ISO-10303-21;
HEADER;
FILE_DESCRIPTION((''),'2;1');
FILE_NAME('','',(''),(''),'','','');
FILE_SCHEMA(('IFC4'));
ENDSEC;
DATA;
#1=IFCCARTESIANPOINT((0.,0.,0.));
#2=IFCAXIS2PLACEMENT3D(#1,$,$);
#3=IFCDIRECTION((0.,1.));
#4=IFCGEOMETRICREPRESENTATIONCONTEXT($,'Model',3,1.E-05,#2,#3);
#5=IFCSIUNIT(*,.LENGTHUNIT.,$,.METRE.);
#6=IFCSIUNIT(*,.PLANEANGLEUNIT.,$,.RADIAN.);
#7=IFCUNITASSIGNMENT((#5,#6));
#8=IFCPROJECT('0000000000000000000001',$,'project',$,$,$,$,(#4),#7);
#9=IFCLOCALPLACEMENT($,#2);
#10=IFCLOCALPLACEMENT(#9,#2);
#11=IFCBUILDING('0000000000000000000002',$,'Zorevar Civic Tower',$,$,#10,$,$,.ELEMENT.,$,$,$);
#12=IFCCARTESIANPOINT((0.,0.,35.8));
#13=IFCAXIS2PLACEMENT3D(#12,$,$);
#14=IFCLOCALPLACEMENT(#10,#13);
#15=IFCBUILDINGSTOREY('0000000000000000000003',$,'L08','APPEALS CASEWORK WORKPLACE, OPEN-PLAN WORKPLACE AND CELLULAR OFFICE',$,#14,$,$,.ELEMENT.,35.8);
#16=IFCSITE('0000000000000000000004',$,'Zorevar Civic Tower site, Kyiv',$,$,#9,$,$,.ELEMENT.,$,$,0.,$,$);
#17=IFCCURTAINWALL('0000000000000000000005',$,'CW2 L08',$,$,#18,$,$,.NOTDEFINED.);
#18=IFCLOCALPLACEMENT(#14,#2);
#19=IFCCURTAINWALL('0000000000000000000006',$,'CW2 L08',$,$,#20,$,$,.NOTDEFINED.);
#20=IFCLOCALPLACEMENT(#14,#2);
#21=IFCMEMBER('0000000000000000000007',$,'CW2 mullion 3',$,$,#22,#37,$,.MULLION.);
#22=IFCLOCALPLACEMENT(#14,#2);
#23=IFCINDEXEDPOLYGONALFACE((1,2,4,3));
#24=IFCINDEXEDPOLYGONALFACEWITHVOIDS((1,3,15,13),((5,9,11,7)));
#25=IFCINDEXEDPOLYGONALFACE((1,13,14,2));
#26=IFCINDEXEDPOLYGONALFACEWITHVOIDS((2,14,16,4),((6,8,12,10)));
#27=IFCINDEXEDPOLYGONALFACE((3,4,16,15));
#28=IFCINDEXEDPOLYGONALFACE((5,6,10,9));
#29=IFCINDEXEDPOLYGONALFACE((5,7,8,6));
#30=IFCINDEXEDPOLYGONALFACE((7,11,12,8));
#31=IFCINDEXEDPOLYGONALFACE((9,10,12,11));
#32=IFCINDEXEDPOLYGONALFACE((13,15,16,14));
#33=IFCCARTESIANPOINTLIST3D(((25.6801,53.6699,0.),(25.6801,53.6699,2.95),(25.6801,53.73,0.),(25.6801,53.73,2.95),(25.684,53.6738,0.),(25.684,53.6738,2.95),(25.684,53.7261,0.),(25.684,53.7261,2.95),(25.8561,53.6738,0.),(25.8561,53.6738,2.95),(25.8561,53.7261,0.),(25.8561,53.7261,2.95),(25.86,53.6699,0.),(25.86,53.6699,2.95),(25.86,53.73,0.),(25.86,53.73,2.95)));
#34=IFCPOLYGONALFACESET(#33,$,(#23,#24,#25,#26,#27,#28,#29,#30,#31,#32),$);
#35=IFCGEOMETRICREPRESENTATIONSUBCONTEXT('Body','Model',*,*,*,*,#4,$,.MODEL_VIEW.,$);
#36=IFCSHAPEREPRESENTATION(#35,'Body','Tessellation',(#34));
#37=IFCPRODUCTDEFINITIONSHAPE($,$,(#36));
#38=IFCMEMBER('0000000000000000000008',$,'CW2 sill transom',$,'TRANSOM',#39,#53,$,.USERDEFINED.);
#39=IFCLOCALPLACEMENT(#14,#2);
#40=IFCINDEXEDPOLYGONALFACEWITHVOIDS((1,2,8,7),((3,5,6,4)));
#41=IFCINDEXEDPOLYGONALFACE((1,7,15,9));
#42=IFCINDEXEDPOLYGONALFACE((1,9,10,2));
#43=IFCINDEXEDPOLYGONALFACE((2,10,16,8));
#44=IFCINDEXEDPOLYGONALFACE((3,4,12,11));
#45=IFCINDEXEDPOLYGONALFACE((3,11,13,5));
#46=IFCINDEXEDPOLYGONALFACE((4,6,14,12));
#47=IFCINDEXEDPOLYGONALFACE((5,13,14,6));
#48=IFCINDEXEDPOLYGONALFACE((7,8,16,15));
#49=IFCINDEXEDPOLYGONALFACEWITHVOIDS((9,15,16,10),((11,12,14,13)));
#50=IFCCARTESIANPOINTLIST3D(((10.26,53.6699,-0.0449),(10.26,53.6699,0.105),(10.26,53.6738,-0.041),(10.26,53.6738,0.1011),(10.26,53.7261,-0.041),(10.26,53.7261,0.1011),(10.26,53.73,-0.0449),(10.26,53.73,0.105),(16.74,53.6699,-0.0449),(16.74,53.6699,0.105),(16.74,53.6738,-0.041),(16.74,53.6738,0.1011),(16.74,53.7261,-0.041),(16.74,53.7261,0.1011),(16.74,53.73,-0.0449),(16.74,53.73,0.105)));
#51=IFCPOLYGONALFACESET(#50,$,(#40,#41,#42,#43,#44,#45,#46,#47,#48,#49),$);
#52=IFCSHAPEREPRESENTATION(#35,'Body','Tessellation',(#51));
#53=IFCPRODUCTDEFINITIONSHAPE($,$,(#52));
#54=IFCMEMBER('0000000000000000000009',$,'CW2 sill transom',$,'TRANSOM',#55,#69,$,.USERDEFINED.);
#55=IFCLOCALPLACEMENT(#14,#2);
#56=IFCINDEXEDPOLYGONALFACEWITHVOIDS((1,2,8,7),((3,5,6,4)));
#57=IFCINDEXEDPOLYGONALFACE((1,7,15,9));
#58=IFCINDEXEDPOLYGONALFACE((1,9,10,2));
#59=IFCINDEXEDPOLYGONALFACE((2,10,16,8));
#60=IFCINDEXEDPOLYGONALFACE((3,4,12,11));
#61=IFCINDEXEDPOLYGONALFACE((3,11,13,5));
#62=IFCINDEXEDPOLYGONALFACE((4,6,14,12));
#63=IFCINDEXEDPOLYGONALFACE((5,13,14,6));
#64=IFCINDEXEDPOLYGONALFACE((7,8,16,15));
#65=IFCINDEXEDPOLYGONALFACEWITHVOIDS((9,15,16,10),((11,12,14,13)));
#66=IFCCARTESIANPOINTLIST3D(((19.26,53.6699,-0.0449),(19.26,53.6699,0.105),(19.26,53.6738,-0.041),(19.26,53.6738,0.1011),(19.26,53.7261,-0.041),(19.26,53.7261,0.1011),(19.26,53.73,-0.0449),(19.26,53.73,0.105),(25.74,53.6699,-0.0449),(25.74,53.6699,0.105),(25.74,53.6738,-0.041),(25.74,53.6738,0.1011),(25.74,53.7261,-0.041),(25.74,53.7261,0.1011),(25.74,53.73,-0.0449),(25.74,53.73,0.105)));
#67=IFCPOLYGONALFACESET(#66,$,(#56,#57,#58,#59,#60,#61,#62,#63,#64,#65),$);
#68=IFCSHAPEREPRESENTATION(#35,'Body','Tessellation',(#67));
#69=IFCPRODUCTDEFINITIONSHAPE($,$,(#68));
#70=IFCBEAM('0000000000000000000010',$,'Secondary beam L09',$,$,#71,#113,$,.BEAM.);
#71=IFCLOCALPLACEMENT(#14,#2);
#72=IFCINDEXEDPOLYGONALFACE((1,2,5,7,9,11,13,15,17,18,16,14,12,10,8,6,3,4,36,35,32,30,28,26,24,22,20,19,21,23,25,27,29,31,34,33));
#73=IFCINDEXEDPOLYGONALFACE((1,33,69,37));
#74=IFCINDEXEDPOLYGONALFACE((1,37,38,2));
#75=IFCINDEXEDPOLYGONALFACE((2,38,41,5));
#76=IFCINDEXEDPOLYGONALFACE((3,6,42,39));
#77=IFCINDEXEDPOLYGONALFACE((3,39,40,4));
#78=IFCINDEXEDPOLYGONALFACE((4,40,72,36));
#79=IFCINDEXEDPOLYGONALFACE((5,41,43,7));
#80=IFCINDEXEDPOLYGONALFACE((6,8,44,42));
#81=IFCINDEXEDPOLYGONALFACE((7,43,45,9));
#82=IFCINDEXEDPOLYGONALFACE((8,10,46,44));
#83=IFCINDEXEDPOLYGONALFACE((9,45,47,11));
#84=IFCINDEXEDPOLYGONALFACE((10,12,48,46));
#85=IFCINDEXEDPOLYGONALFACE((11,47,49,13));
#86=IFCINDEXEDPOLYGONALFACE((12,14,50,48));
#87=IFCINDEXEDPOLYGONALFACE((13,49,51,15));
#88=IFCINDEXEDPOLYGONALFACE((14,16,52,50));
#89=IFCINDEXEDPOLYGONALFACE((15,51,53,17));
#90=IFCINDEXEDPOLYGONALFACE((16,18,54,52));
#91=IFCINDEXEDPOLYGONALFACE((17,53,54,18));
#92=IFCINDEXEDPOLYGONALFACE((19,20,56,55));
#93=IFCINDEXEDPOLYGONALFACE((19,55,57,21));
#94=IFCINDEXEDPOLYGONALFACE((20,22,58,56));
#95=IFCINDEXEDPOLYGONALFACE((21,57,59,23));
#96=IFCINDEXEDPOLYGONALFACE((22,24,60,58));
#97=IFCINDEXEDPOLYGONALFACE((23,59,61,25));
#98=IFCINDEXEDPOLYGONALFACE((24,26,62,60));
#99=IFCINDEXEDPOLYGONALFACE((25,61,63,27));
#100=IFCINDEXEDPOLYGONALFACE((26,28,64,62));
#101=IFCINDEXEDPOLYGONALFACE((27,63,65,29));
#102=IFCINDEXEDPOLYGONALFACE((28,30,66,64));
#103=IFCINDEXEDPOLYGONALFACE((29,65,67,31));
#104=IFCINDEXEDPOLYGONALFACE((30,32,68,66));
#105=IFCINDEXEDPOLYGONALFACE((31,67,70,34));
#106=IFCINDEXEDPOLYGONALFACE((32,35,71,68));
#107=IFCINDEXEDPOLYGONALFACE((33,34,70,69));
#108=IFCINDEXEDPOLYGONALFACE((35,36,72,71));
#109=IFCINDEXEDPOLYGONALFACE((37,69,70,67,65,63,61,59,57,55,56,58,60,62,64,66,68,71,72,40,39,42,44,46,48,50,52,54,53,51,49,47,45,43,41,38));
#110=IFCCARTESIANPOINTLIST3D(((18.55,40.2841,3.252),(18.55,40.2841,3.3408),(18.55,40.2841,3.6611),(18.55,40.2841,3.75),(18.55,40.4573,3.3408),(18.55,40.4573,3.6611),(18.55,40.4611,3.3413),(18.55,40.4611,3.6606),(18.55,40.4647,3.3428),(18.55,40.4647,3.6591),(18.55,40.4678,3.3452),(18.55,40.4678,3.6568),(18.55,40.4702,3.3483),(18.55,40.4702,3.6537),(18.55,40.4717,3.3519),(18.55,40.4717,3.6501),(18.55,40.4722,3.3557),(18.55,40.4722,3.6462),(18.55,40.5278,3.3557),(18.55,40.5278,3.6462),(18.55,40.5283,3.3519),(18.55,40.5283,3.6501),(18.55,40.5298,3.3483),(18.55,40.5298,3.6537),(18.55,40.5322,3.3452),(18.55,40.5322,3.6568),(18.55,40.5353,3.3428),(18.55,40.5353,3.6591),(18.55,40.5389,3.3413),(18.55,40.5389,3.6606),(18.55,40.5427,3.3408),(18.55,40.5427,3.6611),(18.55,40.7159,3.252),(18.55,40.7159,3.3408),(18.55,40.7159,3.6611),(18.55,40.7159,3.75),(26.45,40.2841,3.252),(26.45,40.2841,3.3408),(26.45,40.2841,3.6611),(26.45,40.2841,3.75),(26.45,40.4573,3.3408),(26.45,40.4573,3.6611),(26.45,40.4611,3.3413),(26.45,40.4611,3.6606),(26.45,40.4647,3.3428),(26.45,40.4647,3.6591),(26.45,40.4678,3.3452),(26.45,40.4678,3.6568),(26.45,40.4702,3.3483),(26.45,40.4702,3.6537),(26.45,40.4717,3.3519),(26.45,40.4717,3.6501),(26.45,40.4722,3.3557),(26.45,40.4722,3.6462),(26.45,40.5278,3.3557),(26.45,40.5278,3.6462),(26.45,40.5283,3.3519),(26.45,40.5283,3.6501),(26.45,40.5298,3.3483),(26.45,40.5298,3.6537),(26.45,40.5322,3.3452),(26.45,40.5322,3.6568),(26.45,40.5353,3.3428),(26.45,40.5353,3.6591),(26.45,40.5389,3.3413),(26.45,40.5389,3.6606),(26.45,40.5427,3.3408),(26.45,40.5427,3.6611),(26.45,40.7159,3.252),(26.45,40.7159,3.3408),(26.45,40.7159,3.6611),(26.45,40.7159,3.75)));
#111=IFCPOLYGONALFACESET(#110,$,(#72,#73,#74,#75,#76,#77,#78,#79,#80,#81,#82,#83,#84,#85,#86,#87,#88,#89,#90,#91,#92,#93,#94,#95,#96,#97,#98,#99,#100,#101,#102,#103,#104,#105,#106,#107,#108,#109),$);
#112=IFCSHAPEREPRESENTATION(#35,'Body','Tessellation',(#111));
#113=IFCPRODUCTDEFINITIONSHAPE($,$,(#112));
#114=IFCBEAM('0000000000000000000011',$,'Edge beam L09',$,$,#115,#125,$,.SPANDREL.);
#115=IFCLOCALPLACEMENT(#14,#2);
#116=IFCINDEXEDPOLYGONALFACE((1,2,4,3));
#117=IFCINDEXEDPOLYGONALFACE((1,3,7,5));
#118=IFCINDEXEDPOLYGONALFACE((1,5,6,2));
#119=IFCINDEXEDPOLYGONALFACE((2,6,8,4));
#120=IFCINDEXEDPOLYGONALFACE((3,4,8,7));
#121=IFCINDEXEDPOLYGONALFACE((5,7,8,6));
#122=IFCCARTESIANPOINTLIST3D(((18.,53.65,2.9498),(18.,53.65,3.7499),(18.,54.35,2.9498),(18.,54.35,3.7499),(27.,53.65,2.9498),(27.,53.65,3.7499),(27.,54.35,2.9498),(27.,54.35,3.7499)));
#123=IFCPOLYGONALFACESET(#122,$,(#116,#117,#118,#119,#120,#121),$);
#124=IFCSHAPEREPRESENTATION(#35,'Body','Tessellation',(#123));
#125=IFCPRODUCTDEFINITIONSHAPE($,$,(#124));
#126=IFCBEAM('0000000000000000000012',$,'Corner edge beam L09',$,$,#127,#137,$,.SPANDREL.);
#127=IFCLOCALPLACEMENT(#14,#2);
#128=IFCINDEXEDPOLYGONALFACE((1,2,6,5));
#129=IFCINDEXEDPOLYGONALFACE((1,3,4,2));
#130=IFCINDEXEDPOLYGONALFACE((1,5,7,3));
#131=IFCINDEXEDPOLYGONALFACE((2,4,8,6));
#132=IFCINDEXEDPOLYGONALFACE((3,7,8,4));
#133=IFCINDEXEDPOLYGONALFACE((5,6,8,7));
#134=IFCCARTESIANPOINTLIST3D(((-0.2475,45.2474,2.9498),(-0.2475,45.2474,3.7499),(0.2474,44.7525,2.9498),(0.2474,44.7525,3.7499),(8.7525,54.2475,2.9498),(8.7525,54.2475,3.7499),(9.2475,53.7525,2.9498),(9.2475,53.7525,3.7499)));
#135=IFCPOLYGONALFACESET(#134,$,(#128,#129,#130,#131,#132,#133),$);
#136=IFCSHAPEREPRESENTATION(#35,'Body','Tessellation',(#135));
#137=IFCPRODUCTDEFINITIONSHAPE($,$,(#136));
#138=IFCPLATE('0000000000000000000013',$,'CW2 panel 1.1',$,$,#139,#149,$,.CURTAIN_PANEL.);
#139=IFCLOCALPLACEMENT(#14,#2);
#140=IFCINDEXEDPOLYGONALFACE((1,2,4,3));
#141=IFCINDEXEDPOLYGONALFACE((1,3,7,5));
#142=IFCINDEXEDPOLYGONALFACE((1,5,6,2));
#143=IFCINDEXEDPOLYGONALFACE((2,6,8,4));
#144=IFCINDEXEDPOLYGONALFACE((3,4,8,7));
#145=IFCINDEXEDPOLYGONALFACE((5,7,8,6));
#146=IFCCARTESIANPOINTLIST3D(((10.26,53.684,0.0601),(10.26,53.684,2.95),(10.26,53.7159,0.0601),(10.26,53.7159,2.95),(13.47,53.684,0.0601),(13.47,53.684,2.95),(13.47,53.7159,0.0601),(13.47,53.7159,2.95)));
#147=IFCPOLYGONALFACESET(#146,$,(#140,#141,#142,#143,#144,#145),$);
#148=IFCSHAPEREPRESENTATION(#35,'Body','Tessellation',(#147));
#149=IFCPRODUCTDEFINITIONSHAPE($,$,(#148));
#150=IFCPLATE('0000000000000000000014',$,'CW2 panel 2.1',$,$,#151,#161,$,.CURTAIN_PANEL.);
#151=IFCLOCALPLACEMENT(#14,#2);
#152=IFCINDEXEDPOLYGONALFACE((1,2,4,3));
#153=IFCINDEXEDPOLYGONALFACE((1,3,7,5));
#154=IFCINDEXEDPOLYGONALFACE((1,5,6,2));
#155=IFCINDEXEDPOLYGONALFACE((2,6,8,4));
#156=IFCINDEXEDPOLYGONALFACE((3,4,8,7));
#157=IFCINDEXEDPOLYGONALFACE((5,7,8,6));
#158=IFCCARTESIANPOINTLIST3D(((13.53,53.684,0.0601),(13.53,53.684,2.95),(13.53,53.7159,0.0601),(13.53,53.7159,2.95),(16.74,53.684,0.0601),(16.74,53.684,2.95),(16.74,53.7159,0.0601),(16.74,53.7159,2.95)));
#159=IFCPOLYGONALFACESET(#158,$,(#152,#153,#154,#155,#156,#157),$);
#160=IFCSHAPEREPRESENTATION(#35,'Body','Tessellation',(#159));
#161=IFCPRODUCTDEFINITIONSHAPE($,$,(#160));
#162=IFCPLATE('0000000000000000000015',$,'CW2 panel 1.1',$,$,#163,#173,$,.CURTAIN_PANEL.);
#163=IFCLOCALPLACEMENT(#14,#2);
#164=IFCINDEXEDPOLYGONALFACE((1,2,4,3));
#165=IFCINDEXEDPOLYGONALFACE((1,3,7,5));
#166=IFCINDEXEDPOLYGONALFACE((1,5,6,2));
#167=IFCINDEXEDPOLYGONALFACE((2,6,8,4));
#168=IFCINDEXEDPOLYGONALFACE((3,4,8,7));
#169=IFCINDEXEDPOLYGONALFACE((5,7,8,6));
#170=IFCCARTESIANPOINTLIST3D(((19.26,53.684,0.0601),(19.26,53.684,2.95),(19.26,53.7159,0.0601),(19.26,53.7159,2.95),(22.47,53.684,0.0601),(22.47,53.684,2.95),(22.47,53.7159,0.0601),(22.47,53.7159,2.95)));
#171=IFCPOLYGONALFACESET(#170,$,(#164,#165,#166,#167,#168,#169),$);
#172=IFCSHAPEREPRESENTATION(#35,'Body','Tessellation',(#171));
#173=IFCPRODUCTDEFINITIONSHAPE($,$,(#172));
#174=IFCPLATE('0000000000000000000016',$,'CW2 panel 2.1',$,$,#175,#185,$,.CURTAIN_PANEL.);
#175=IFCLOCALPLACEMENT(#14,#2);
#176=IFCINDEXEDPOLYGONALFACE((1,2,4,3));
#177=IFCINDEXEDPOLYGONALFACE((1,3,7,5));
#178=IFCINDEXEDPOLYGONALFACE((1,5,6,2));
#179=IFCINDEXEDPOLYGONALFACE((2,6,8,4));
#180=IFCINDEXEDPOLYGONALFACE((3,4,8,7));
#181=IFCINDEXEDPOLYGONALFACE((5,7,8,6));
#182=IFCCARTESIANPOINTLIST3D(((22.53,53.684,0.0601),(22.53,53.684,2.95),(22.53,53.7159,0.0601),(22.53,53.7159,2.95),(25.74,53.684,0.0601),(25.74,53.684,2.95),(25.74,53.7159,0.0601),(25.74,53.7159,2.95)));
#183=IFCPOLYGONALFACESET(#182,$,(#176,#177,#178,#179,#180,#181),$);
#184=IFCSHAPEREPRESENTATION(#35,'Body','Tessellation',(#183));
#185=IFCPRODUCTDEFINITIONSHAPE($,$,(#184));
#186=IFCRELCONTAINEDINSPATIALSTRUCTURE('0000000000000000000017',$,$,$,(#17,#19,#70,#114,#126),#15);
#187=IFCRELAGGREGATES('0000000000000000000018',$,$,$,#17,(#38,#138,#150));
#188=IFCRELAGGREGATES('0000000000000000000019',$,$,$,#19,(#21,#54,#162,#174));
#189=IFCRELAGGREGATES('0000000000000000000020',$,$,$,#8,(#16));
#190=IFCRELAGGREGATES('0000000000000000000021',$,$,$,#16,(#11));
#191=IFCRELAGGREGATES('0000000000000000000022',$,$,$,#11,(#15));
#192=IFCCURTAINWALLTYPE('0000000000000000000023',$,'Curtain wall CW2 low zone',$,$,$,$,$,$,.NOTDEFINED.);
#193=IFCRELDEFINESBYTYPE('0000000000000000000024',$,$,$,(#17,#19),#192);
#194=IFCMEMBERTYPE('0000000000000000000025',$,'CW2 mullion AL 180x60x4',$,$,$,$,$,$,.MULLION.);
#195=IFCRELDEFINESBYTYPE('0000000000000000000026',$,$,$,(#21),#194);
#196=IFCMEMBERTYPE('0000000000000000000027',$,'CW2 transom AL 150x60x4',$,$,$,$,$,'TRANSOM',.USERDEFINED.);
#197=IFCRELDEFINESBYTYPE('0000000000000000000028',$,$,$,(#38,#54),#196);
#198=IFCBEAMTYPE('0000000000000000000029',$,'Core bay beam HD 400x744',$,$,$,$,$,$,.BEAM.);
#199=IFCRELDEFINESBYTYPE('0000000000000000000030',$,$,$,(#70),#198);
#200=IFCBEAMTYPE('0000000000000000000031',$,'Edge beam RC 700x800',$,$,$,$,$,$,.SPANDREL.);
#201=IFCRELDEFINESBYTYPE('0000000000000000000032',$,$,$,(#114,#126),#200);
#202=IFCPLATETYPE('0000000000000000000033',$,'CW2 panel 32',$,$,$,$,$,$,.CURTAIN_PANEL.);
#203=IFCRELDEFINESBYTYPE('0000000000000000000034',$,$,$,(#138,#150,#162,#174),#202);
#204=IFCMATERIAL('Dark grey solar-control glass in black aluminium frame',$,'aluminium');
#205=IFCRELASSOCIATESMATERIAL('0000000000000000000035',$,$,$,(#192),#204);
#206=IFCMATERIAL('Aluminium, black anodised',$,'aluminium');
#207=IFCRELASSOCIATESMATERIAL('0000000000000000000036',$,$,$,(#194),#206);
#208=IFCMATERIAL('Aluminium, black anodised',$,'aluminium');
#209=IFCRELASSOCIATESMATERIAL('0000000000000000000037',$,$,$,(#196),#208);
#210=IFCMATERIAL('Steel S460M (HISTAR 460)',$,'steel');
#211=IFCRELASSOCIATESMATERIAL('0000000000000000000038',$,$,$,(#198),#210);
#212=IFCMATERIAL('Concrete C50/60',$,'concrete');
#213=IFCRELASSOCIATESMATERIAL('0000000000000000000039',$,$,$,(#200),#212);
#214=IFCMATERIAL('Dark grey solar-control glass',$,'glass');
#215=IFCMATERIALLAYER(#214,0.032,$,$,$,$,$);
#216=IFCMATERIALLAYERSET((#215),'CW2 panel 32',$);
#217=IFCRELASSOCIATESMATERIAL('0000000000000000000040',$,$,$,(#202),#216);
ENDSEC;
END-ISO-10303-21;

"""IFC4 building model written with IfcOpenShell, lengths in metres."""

from ifc_helpers import new_model, si_unit, direction, frame, origin, origin_2d, place, context, subcontext, project, spatial, rectangle, hollow_rectangle, i_section, extrude, material, layer, layer_set, material_profile, profile_set, type_object, element, aggregate, save


model = new_model("IFC4")

# Units and contexts
model_context = context("Model", 3, precision=1e-05, world=origin(), true_north=direction((0.0, 1.0)))
body_context = subcontext(model_context, "Body", "Model", "MODEL_VIEW")
ifc_project = project(units=[si_unit("LENGTHUNIT", "METRE"), si_unit("PLANEANGLEUNIT", "RADIAN")], contexts=[model_context])

# Site, building, storey
site_placement = place(None, origin())
site = spatial("IfcSite", under=ifc_project, at=site_placement, Name="Zorevar Civic Tower site, Kyiv", CompositionType="ELEMENT", RefElevation=0.0)
building_placement = place(site_placement, origin())
building = spatial("IfcBuilding", under=site, at=building_placement, Name="Zorevar Civic Tower", CompositionType="ELEMENT")
storey_placement = place(building_placement, frame((0.0, 0.0, 35.8)))
storey = spatial("IfcBuildingStorey", under=building, at=storey_placement, Name="L08", Description="APPEALS CASEWORK WORKPLACE, OPEN-PLAN WORKPLACE AND CELLULAR OFFICE", CompositionType="ELEMENT", Elevation=35.8)

# Curtain walls, member
ifc_material_1 = material(Name="Dark grey solar-control glass in black aluminium frame", Category="aluminium")
curtain_wall_type = type_object("IfcCurtainWallType", Name="Curtain wall CW2 low zone", PredefinedType="NOTDEFINED", material=ifc_material_1)
curtain_wall_1_placement = place(storey_placement, origin())
curtain_wall_1 = element("IfcCurtainWall", 1, at=curtain_wall_1_placement, inside=storey, type_object=curtain_wall_type, Name="CW2 L08", PredefinedType="NOTDEFINED")
ifc_material_2 = material(Name="Aluminium, black anodised", Category="aluminium")
ifc_material_profile_1 = material_profile(ifc_material_2, hollow_rectangle(XDim=0.0601, YDim=0.1799, WallThickness=0.0039, at=origin_2d()), Name="AL 180x60x4")
ifc_profile_set_1 = profile_set([ifc_material_profile_1], Name="Aluminium, black anodised")
member_type_1 = type_object("IfcMemberType", Name="CW2 mullion AL 180x60x4", PredefinedType="MULLION", material=ifc_profile_set_1)
curtain_wall_2_placement = place(storey_placement, origin())
curtain_wall_2 = element("IfcCurtainWall", 2, at=curtain_wall_2_placement, inside=storey, type_object=curtain_wall_type, Name="CW2 L08", PredefinedType="NOTDEFINED")
member_1_placement = place(storey_placement, frame((25.77, 53.7, 0.0), z_axis=(0.0, 0.0, 1.0), x_axis=(0.0, 1.0, 0.0)))
member_1 = element("IfcMember", 3, at=member_1_placement, type_object=member_type_1, Name="CW2 mullion 3", PredefinedType="MULLION", context=body_context, shape_type="SweptSolid", body=[
    extrude(hollow_rectangle(XDim=0.0601, YDim=0.1799, WallThickness=0.0039, at=origin_2d()), origin(), (0.0, 0.0, 1.0), 2.95),
])

# Members
ifc_material_3 = material(Name="Aluminium, black anodised", Category="aluminium")
ifc_material_profile_2 = material_profile(ifc_material_3, hollow_rectangle(XDim=0.0601, YDim=0.1499, WallThickness=0.0039, at=origin_2d()), Name="AL 150x60x4")
ifc_profile_set_2 = profile_set([ifc_material_profile_2], Name="Aluminium, black anodised")
member_type_2 = type_object("IfcMemberType", Name="CW2 transom AL 150x60x4", ElementType="TRANSOM", PredefinedType="USERDEFINED", material=ifc_profile_set_2)
member_2_placement = place(storey_placement, frame((10.26, 53.7, 0.03), z_axis=(1.0, 0.0, 0.0), x_axis=(0.0, 1.0, 0.0)))
member_2 = element("IfcMember", 4, at=member_2_placement, type_object=member_type_2, Name="CW2 sill transom", ObjectType="TRANSOM", PredefinedType="USERDEFINED", context=body_context, shape_type="SweptSolid", body=[
    extrude(hollow_rectangle(XDim=0.0601, YDim=0.1499, WallThickness=0.0039, at=origin_2d()), origin(), (0.0, 0.0, 1.0), 6.48),
])
member_3_placement = place(storey_placement, frame((19.26, 53.7, 0.03), z_axis=(1.0, 0.0, 0.0), x_axis=(0.0, 1.0, 0.0)))
member_3 = element("IfcMember", 5, at=member_3_placement, type_object=member_type_2, Name="CW2 sill transom", ObjectType="TRANSOM", PredefinedType="USERDEFINED", context=body_context, shape_type="SweptSolid", body=[
    extrude(hollow_rectangle(XDim=0.0601, YDim=0.1499, WallThickness=0.0039, at=origin_2d()), origin(), (0.0, 0.0, 1.0), 6.48),
])

# Beams
ifc_material_4 = material(Name="Steel S460M (HISTAR 460)", Category="steel")
ifc_material_profile_3 = material_profile(ifc_material_4, i_section(OverallWidth=0.4319, OverallDepth=0.498, WebThickness=0.0557, FlangeThickness=0.0889, FilletRadius=0.0149, at=origin_2d()), Name="HD 400x744")
ifc_profile_set_3 = profile_set([ifc_material_profile_3], Name="Steel S460M (HISTAR 460)")
beam_type_1 = type_object("IfcBeamType", Name="Core bay beam HD 400x744", PredefinedType="BEAM", material=ifc_profile_set_3)
beam_1_placement = place(storey_placement, frame((18.55, 40.5, 3.501), z_axis=(1.0, 0.0, 0.0), x_axis=(0.0, 1.0, 0.0)))
element("IfcBeam", 6, at=beam_1_placement, inside=storey, type_object=beam_type_1, Name="Secondary beam L09", PredefinedType="BEAM", context=body_context, shape_type="SweptSolid", body=[
    extrude(i_section(OverallWidth=0.4319, OverallDepth=0.498, WebThickness=0.0557, FlangeThickness=0.0889, FilletRadius=0.0149, at=origin_2d()), origin(), (0.0, 0.0, 1.0), 7.8999),
])
ifc_material_5 = material(Name="Concrete C50/60", Category="concrete")
ifc_material_profile_4 = material_profile(ifc_material_5, rectangle(XDim=0.7, YDim=0.8, at=origin_2d()), Name="RC 700x800")
ifc_profile_set_4 = profile_set([ifc_material_profile_4], Name="Concrete C50/60")
beam_type_2 = type_object("IfcBeamType", Name="Edge beam RC 700x800", PredefinedType="SPANDREL", material=ifc_profile_set_4)
beam_2_placement = place(storey_placement, frame((18.0, 54.0, 3.3499), z_axis=(1.0, 0.0, 0.0), x_axis=(0.0, 1.0, 0.0)))
element("IfcBeam", 7, at=beam_2_placement, inside=storey, type_object=beam_type_2, Name="Edge beam L09", PredefinedType="SPANDREL", context=body_context, shape_type="SweptSolid", body=[
    extrude(rectangle(XDim=0.7, YDim=0.8, at=origin_2d()), origin(), (0.0, 0.0, 1.0), 9.0),
])
beam_3_placement = place(storey_placement, frame((9.0, 54.0, 3.3499), z_axis=(-0.707107, -0.707107, 0.0), x_axis=(0.707107, -0.707107, 0.0)))
element("IfcBeam", 8, at=beam_3_placement, inside=storey, type_object=beam_type_2, Name="Corner edge beam L09", PredefinedType="SPANDREL", context=body_context, shape_type="SweptSolid", body=[
    extrude(rectangle(XDim=0.7, YDim=0.8, at=origin_2d()), origin(), (0.0, 0.0, 1.0), 12.728),
])

# Plates
ifc_material_6 = material(Name="Dark grey solar-control glass", Category="glass")
ifc_layer_1 = layer(ifc_material_6, 0.032)
ifc_layer_set_1 = layer_set([ifc_layer_1], Name="CW2 panel 32")
plate_type = type_object("IfcPlateType", Name="CW2 panel 32", PredefinedType="CURTAIN_PANEL", material=ifc_layer_set_1)
plate_1_placement = place(storey_placement, frame((11.865, 53.7, 0.0601), z_axis=(0.0, 0.0, 1.0), x_axis=(1.0, 0.0, 0.0)))
plate_1 = element("IfcPlate", 9, at=plate_1_placement, type_object=plate_type, Name="CW2 panel 1.1", PredefinedType="CURTAIN_PANEL", context=body_context, shape_type="SweptSolid", body=[
    extrude(rectangle(XDim=3.21, YDim=0.032, at=origin_2d()), origin(), (0.0, 0.0, 1.0), 2.8899),
])
plate_2_placement = place(storey_placement, frame((15.135, 53.7, 0.0601), z_axis=(0.0, 0.0, 1.0), x_axis=(1.0, 0.0, 0.0)))
plate_2 = element("IfcPlate", 10, at=plate_2_placement, type_object=plate_type, Name="CW2 panel 2.1", PredefinedType="CURTAIN_PANEL", context=body_context, shape_type="SweptSolid", body=[
    extrude(rectangle(XDim=3.21, YDim=0.032, at=origin_2d()), origin(), (0.0, 0.0, 1.0), 2.8899),
])
aggregate(curtain_wall_1, [member_2, plate_1, plate_2])
plate_3_placement = place(storey_placement, frame((20.865, 53.7, 0.0601), z_axis=(0.0, 0.0, 1.0), x_axis=(1.0, 0.0, 0.0)))
plate_3 = element("IfcPlate", 11, at=plate_3_placement, type_object=plate_type, Name="CW2 panel 1.1", PredefinedType="CURTAIN_PANEL", context=body_context, shape_type="SweptSolid", body=[
    extrude(rectangle(XDim=3.21, YDim=0.032, at=origin_2d()), origin(), (0.0, 0.0, 1.0), 2.8899),
])
plate_4_placement = place(storey_placement, frame((24.135, 53.7, 0.0601), z_axis=(0.0, 0.0, 1.0), x_axis=(1.0, 0.0, 0.0)))
plate_4 = element("IfcPlate", 12, at=plate_4_placement, type_object=plate_type, Name="CW2 panel 2.1", PredefinedType="CURTAIN_PANEL", context=body_context, shape_type="SweptSolid", body=[
    extrude(rectangle(XDim=3.21, YDim=0.032, at=origin_2d()), origin(), (0.0, 0.0, 1.0), 2.8899),
])
aggregate(curtain_wall_2, [member_1, member_3, plate_3, plate_4])

save(model, "model.ifc")
